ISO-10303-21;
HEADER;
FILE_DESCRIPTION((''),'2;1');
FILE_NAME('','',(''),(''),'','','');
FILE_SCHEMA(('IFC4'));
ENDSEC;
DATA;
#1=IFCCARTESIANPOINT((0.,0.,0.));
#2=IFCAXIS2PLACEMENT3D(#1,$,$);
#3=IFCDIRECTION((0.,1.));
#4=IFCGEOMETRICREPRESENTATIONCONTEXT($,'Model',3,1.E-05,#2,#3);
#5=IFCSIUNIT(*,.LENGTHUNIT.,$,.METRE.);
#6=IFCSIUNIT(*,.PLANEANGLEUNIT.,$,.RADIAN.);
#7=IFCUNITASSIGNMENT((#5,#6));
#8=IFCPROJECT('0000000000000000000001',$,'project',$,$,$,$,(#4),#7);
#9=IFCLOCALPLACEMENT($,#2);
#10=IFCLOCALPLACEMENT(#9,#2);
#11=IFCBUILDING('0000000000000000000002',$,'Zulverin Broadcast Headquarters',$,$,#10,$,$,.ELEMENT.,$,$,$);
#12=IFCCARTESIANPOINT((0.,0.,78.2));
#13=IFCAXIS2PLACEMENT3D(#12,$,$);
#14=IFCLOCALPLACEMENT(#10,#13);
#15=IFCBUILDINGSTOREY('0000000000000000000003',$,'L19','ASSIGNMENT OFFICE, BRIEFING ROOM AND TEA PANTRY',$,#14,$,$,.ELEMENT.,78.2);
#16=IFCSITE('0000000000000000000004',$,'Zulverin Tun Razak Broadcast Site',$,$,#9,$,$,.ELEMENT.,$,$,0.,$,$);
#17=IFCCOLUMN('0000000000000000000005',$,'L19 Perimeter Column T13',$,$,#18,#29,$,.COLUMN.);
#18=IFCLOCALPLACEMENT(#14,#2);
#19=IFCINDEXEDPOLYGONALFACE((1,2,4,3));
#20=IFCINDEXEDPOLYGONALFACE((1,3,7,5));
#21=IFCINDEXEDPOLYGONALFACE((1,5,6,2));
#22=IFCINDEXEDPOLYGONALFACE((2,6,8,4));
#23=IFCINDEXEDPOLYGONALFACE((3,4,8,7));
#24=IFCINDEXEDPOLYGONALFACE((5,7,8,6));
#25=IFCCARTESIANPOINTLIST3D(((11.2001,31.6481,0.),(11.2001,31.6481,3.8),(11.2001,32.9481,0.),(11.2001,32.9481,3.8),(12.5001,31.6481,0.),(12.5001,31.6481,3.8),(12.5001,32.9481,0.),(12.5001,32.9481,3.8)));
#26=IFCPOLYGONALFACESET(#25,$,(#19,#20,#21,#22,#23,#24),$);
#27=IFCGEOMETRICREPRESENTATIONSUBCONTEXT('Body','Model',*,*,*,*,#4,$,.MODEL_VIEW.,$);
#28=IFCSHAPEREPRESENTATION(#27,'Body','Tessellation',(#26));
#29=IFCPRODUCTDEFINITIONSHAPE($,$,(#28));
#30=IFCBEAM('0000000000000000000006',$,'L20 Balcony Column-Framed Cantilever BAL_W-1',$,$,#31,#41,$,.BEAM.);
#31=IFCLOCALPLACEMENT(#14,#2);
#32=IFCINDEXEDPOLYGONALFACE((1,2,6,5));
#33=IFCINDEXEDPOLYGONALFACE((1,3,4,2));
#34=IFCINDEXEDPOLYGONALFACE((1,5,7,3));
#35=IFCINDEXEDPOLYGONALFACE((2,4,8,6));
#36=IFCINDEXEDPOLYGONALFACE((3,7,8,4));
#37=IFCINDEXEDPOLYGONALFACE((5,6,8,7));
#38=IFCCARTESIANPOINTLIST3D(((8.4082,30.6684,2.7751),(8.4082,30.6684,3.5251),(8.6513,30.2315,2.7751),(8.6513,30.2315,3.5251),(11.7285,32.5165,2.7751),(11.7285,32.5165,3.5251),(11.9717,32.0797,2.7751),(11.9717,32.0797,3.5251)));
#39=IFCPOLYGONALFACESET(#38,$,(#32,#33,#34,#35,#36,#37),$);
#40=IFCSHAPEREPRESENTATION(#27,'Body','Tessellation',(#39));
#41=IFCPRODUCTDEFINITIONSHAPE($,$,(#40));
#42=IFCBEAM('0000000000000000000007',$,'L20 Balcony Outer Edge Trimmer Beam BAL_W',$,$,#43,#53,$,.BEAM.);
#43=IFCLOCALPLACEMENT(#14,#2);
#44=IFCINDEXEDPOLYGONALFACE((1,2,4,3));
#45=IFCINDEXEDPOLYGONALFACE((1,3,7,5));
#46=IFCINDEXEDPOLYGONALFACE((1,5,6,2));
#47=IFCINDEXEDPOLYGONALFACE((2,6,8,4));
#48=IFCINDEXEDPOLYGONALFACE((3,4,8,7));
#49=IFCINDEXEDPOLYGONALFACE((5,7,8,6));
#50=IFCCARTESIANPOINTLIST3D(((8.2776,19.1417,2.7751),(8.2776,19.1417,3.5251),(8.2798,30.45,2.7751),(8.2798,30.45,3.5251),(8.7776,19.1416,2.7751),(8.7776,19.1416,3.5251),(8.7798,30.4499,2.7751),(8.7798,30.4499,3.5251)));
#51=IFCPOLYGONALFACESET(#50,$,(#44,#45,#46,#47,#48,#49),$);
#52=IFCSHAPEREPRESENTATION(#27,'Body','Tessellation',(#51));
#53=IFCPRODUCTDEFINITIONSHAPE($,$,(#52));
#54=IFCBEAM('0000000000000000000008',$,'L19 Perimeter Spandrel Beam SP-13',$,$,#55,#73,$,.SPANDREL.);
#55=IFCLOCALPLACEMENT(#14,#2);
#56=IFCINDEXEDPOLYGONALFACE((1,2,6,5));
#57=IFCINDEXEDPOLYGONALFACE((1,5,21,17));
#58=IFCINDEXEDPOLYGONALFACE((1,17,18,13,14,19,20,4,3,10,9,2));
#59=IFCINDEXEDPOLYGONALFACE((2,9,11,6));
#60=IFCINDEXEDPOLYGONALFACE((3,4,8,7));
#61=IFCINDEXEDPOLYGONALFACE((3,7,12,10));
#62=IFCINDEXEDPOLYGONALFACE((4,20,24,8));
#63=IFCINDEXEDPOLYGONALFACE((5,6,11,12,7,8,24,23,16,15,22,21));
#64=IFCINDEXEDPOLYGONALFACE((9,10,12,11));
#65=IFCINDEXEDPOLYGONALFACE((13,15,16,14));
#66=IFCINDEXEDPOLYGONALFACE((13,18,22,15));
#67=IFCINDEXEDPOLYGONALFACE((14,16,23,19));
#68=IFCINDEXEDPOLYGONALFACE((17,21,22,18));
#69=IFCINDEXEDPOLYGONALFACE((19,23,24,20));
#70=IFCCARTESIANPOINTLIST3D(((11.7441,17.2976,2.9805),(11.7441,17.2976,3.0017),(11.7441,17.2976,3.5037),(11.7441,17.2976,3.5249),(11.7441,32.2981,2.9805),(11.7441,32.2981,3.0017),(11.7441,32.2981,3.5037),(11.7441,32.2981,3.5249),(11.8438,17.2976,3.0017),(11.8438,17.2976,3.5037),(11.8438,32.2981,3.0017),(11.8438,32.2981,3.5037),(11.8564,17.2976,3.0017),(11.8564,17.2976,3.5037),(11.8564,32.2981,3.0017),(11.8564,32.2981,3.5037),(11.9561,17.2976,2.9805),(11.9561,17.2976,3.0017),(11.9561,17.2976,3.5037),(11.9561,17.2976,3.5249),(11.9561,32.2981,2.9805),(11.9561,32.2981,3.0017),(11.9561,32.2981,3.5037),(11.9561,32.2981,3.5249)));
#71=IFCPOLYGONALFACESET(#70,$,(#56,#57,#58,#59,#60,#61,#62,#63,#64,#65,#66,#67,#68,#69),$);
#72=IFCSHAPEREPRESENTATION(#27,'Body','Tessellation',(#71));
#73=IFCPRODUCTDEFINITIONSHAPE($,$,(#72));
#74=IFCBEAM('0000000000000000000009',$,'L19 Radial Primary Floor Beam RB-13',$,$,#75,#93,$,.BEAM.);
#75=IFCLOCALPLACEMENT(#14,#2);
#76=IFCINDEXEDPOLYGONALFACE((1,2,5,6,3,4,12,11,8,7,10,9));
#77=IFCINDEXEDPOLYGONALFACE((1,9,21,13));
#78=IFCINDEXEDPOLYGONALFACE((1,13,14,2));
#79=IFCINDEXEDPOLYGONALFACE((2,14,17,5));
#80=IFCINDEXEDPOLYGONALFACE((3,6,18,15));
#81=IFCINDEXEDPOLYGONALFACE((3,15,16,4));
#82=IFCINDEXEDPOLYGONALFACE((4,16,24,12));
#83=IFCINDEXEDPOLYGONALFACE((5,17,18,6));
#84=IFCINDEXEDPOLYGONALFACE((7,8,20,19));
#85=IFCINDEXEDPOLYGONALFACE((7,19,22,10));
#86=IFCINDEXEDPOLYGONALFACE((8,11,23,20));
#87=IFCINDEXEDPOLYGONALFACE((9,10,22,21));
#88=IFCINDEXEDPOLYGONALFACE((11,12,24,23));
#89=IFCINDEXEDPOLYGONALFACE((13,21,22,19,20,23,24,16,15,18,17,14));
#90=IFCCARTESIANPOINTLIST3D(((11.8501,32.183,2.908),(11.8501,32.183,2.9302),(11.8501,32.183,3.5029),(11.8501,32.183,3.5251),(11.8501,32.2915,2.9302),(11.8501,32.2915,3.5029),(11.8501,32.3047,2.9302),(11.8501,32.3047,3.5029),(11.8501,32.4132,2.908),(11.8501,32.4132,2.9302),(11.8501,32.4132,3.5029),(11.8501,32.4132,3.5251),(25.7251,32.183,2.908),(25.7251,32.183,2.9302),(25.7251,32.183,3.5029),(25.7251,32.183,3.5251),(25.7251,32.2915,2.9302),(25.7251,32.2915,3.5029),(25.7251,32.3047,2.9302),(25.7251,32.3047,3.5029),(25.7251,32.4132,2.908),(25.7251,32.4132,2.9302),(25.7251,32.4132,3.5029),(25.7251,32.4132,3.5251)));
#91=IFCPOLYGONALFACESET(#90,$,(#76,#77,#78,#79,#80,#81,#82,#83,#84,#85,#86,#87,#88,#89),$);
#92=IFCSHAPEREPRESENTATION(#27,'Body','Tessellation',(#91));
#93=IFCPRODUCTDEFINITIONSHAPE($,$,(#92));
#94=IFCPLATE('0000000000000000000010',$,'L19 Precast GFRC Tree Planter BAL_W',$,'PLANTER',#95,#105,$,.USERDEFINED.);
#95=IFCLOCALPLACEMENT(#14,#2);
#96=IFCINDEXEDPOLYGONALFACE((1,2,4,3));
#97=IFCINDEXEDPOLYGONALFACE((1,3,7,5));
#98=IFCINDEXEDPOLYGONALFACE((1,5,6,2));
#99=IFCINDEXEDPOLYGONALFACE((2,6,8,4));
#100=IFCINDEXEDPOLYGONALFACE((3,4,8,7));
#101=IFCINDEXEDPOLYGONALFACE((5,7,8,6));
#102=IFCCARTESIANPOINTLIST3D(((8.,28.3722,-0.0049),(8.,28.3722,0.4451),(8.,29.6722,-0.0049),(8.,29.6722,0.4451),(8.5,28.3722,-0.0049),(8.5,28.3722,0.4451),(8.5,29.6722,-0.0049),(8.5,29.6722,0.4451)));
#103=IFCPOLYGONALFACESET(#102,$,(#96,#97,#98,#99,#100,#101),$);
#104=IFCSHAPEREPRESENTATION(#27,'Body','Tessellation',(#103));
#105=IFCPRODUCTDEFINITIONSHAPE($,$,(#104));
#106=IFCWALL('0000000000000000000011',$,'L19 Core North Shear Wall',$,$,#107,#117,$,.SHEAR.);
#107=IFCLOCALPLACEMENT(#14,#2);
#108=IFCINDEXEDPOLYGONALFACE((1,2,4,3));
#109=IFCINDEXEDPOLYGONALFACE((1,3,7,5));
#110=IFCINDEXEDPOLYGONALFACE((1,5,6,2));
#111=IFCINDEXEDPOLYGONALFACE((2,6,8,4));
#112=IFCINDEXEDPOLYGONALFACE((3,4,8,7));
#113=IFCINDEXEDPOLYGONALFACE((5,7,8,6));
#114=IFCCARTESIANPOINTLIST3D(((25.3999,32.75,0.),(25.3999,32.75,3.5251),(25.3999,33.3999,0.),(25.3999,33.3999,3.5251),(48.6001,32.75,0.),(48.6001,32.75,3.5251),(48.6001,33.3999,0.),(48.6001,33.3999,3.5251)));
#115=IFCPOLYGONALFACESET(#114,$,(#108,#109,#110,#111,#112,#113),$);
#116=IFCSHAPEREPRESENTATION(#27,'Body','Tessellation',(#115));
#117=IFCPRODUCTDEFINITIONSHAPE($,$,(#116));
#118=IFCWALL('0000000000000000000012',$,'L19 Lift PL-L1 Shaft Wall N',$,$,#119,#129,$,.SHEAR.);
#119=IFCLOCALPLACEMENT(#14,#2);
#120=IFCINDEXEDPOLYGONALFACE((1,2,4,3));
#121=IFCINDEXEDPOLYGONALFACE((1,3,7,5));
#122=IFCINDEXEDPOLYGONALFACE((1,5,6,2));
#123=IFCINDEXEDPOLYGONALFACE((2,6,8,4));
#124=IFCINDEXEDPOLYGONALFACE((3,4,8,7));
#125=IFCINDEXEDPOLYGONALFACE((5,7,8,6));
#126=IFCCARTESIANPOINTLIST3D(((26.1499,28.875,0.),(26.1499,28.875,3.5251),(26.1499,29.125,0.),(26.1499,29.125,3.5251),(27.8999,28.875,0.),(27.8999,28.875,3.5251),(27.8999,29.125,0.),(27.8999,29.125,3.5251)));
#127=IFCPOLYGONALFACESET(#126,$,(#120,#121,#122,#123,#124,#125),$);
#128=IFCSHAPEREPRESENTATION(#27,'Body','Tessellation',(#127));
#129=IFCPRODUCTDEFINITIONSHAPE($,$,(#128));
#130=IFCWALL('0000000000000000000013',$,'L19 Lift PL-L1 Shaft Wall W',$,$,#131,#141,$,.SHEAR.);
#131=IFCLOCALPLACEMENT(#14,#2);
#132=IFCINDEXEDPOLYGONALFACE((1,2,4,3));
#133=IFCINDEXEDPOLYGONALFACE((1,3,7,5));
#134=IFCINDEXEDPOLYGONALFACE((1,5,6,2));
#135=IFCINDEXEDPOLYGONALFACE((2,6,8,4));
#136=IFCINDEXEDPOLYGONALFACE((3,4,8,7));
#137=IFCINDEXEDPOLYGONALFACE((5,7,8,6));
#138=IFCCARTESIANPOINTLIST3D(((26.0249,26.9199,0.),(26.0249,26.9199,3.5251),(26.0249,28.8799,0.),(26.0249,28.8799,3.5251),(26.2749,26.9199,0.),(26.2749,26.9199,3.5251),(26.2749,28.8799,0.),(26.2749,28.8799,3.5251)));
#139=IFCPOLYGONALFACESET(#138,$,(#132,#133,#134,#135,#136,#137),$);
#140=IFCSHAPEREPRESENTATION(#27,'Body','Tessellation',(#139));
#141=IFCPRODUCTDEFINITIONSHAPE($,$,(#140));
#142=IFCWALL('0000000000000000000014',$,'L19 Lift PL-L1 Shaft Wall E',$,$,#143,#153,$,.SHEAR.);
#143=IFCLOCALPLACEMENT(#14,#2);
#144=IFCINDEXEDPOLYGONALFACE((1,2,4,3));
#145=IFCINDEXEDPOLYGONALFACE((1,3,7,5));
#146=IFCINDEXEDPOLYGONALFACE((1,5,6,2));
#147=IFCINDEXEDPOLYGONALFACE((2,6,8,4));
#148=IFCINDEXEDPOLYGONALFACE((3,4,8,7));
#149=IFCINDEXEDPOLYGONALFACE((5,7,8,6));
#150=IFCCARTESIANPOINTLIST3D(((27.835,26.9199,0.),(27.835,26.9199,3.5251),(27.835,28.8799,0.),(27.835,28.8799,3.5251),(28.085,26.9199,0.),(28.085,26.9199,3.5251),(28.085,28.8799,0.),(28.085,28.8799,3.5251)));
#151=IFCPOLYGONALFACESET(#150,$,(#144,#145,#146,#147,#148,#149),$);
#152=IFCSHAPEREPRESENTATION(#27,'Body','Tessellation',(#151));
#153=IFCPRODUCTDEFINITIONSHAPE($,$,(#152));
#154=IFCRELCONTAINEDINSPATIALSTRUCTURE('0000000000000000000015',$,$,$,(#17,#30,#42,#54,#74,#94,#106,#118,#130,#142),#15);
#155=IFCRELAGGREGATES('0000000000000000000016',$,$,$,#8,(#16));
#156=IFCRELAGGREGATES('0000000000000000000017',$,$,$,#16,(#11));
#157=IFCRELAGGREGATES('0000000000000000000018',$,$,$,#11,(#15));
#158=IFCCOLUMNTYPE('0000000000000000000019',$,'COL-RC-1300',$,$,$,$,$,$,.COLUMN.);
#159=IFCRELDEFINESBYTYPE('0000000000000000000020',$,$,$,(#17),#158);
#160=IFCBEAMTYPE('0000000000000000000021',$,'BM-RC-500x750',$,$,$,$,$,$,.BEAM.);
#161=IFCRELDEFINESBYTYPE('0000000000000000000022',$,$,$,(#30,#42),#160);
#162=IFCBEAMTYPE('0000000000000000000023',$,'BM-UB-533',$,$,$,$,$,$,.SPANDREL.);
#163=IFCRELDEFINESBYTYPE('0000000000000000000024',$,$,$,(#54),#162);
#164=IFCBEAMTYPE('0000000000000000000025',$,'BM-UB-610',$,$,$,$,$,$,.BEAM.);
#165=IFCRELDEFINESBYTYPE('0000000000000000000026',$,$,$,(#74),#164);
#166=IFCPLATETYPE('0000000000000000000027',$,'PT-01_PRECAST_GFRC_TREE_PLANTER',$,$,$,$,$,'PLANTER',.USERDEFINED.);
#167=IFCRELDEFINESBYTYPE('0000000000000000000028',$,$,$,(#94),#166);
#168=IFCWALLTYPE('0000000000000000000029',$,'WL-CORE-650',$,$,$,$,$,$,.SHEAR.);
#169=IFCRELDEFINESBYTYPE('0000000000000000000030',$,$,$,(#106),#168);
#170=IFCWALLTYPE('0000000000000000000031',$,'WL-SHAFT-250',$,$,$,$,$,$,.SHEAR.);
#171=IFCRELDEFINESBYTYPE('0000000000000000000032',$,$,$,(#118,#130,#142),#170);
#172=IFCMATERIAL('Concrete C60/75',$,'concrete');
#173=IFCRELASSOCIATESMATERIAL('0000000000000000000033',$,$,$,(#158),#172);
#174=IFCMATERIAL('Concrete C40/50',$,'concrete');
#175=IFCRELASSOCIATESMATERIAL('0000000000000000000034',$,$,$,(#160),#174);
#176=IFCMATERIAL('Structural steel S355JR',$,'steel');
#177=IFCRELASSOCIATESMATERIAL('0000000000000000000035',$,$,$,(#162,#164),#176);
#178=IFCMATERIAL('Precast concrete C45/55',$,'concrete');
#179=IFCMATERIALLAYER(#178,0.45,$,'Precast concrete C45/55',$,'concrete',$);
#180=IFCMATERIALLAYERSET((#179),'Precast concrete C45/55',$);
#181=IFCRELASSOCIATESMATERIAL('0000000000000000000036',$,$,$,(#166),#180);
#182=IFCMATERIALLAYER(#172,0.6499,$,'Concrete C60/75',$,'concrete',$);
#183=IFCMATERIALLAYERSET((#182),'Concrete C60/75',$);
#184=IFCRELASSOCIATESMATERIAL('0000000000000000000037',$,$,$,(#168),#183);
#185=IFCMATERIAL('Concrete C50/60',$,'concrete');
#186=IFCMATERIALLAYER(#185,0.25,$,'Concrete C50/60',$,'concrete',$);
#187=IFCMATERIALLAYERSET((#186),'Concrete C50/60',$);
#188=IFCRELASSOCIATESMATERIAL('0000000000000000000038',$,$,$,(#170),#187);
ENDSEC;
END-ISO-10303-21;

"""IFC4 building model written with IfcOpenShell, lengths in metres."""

from ifc_helpers import new_model, si_unit, direction, frame, frame_2d, origin, origin_2d, place, context, subcontext, project, spatial, rectangle, i_section, extrude, material, layer, layer_set, material_profile, profile_set, type_object, element, save


model = new_model("IFC4")

# Units and contexts
model_context = context("Model", 3, precision=1e-05, world=origin(), true_north=direction((0.0, 1.0)))
body_context = subcontext(model_context, "Body", "Model", "MODEL_VIEW")
ifc_project = project(units=[si_unit("LENGTHUNIT", "METRE"), si_unit("PLANEANGLEUNIT", "RADIAN")], contexts=[model_context])

# Site, building, storey
site_placement = place(None, origin())
site = spatial("IfcSite", under=ifc_project, at=site_placement, Name="Zulverin Tun Razak Broadcast Site", CompositionType="ELEMENT", RefElevation=0.0)
building_placement = place(site_placement, origin())
building = spatial("IfcBuilding", under=site, at=building_placement, Name="Zulverin Broadcast Headquarters", CompositionType="ELEMENT")
storey_placement = place(building_placement, frame((0.0, 0.0, 78.2)))
storey = spatial("IfcBuildingStorey", under=building, at=storey_placement, Name="L19", Description="ASSIGNMENT OFFICE, BRIEFING ROOM AND TEA PANTRY", CompositionType="ELEMENT", Elevation=78.2)

# Column
ifc_material_1 = material(Name="Concrete C60/75", Category="concrete")
ifc_material_profile_1 = material_profile(ifc_material_1, rectangle(XDim=1.3, YDim=1.3, at=origin_2d()), Name="Concrete C60/75", Category="concrete")
ifc_profile_set_1 = profile_set([ifc_material_profile_1], Name="Concrete C60/75")
column_type = type_object("IfcColumnType", Name="COL-RC-1300", PredefinedType="COLUMN", material=ifc_profile_set_1)
column_placement = place(storey_placement, frame((11.8501, 32.2981, 0.0), z_axis=(0.0, 0.0, 1.0), x_axis=(1.0, 0.0, 0.0)))
element("IfcColumn", 1, at=column_placement, inside=storey, type_object=column_type, Name="L19 Perimeter Column T13", PredefinedType="COLUMN", context=body_context, shape_type="SweptSolid", body=[
    extrude(rectangle(XDim=1.3, YDim=1.3, at=origin_2d()), origin(), (0.0, 0.0, 1.0), 3.8),
])

# Beams
ifc_material_2 = material(Name="Concrete C40/50", Category="concrete")
ifc_material_profile_2 = material_profile(ifc_material_2, rectangle(XDim=0.5, YDim=0.75, at=origin_2d()), Name="Concrete C40/50", Category="concrete")
ifc_profile_set_2 = profile_set([ifc_material_profile_2], Name="Concrete C40/50")
beam_type_1 = type_object("IfcBeamType", Name="BM-RC-500x750", PredefinedType="BEAM", material=ifc_profile_set_2)
beam_1_placement = place(storey_placement, frame((11.8501, 32.2981, 3.1501), z_axis=(-0.873763, -0.486352, 0.0), x_axis=(0.486352, -0.873763, 0.0)))
element("IfcBeam", 2, at=beam_1_placement, inside=storey, type_object=beam_type_1, Name="L20 Balcony Column-Framed Cantilever BAL_W-1", PredefinedType="BEAM", context=body_context, shape_type="SweptSolid", body=[
    extrude(rectangle(XDim=0.5, YDim=0.75, at=origin_2d()), origin(), (0.0, 0.0, 1.0), 3.8),
])
beam_2_placement = place(storey_placement, frame((8.5298, 30.45, 3.1501), z_axis=(-0.000194, -1.0, 0.0), x_axis=(1.0, -0.000194, 0.0)))
element("IfcBeam", 3, at=beam_2_placement, inside=storey, type_object=beam_type_1, Name="L20 Balcony Outer Edge Trimmer Beam BAL_W", PredefinedType="BEAM", context=body_context, shape_type="SweptSolid", body=[
    extrude(rectangle(XDim=0.5, YDim=0.75, at=origin_2d()), origin(), (0.0, 0.0, 1.0), 11.3083),
])
ifc_material_3 = material(Name="Structural steel S355JR", Category="steel")
ifc_material_profile_3 = material_profile(ifc_material_3, i_section(OverallWidth=0.2119, OverallDepth=0.5444, WebThickness=0.0127, FlangeThickness=0.0212, at=origin_2d()), Name="Structural steel S355JR", Category="steel")
ifc_profile_set_3 = profile_set([ifc_material_profile_3], Name="Structural steel S355JR")
beam_type_2 = type_object("IfcBeamType", Name="BM-UB-533", PredefinedType="SPANDREL", material=ifc_profile_set_3)
beam_3_placement = place(storey_placement, frame((11.8501, 32.2981, 3.2527), z_axis=(0.0, -1.0, 0.0), x_axis=(1.0, 0.0, 0.0)))
element("IfcBeam", 4, at=beam_3_placement, inside=storey, type_object=beam_type_2, Name="L19 Perimeter Spandrel Beam SP-13", PredefinedType="SPANDREL", context=body_context, shape_type="SweptSolid", body=[
    extrude(i_section(OverallWidth=0.2119, OverallDepth=0.5444, WebThickness=0.0127, FlangeThickness=0.0212, at=origin_2d()), origin(), (0.0, 0.0, 1.0), 15.0005),
])
ifc_material_profile_4 = material_profile(ifc_material_3, i_section(OverallWidth=0.2302, OverallDepth=0.6172, WebThickness=0.0132, FlangeThickness=0.0222, at=origin_2d()), Name="Structural steel S355JR", Category="steel")
ifc_profile_set_4 = profile_set([ifc_material_profile_4], Name="Structural steel S355JR")
beam_type_3 = type_object("IfcBeamType", Name="BM-UB-610", PredefinedType="BEAM", material=ifc_profile_set_4)
beam_4_placement = place(storey_placement, frame((25.7251, 32.2981, 3.2166), z_axis=(-1.0, 0.0, 0.0), x_axis=(0.0, -1.0, 0.0)))
element("IfcBeam", 5, at=beam_4_placement, inside=storey, type_object=beam_type_3, Name="L19 Radial Primary Floor Beam RB-13", PredefinedType="BEAM", context=body_context, shape_type="SweptSolid", body=[
    extrude(i_section(OverallWidth=0.2302, OverallDepth=0.6172, WebThickness=0.0132, FlangeThickness=0.0222, at=origin_2d()), origin(), (0.0, 0.0, 1.0), 13.875),
])

# Plate
ifc_material_4 = material(Name="Precast concrete C45/55", Category="concrete")
ifc_layer_1 = layer(ifc_material_4, 0.45, Name="Precast concrete C45/55", Category="concrete")
ifc_layer_set_1 = layer_set([ifc_layer_1], Name="Precast concrete C45/55")
plate_type = type_object("IfcPlateType", Name="PT-01_PRECAST_GFRC_TREE_PLANTER", ElementType="PLANTER", PredefinedType="USERDEFINED", material=ifc_layer_set_1)
plate_placement = place(storey_placement, frame((8.25, 29.0222, -0.0049), z_axis=(0.0, 0.0, 1.0), x_axis=(0.0, 1.0, 0.0)))
element("IfcPlate", 6, at=plate_placement, inside=storey, type_object=plate_type, Name="L19 Precast GFRC Tree Planter BAL_W", ObjectType="PLANTER", PredefinedType="USERDEFINED", context=body_context, shape_type="SweptSolid", body=[
    extrude(rectangle(XDim=1.3, YDim=0.5, at=origin_2d()), origin(), (0.0, 0.0, 1.0), 0.45),
])

# Wall
ifc_layer_2 = layer(ifc_material_1, 0.6499, Name="Concrete C60/75", Category="concrete")
ifc_layer_set_2 = layer_set([ifc_layer_2], Name="Concrete C60/75")
wall_type_1 = type_object("IfcWallType", Name="WL-CORE-650", PredefinedType="SHEAR", material=ifc_layer_set_2)
wall_1_placement = place(storey_placement, frame((25.3999, 33.075, 0.0), z_axis=(0.0, 0.0, 1.0), x_axis=(1.0, 0.0, 0.0)))
element("IfcWall", 7, at=wall_1_placement, inside=storey, type_object=wall_type_1, Name="L19 Core North Shear Wall", PredefinedType="SHEAR", context=body_context, shape_type="SweptSolid", body=[
    extrude(rectangle(XDim=23.2002, YDim=0.6499, at=frame_2d((11.6001, 0.0))), origin(), (0.0, 0.0, 1.0), 3.5251),
])

# Shared definitions
ifc_material_5 = material(Name="Concrete C50/60", Category="concrete")
ifc_layer_3 = layer(ifc_material_5, 0.25, Name="Concrete C50/60", Category="concrete")
ifc_layer_set_3 = layer_set([ifc_layer_3], Name="Concrete C50/60")
wall_type_2 = type_object("IfcWallType", Name="WL-SHAFT-250", PredefinedType="SHEAR", material=ifc_layer_set_3)

# Walls
wall_2_placement = place(storey_placement, frame((26.1499, 29.0, 0.0), z_axis=(0.0, 0.0, 1.0), x_axis=(1.0, 0.0, 0.0)))
element("IfcWall", 8, at=wall_2_placement, inside=storey, type_object=wall_type_2, Name="L19 Lift PL-L1 Shaft Wall N", PredefinedType="SHEAR", context=body_context, shape_type="SweptSolid", body=[
    extrude(rectangle(XDim=1.75, YDim=0.25, at=frame_2d((0.875, 0.0))), origin(), (0.0, 0.0, 1.0), 3.5251),
])
for number, where, z_axis, x_axis, name in (
    (9, (26.1499, 26.9199, 0.0), (0.0, 0.0, 1.0), (0.0, 1.0, 0.0), "L19 Lift PL-L1 Shaft Wall W"),
    (10, (27.96, 26.9199, 0.0), (0.0, 0.0, 1.0), (0.0, 1.0, 0.0), "L19 Lift PL-L1 Shaft Wall E"),
):
    element("IfcWall", number, at=place(storey_placement, frame(where, z_axis=z_axis, x_axis=x_axis)), inside=storey, type_object=wall_type_2, Name=name, PredefinedType="SHEAR", context=body_context, shape_type="SweptSolid", body=[
        extrude(rectangle(XDim=1.96, YDim=0.25, at=frame_2d((0.98, 0.0))), origin(), (0.0, 0.0, 1.0), 3.5251),
    ])

save(model, "model.ifc")
